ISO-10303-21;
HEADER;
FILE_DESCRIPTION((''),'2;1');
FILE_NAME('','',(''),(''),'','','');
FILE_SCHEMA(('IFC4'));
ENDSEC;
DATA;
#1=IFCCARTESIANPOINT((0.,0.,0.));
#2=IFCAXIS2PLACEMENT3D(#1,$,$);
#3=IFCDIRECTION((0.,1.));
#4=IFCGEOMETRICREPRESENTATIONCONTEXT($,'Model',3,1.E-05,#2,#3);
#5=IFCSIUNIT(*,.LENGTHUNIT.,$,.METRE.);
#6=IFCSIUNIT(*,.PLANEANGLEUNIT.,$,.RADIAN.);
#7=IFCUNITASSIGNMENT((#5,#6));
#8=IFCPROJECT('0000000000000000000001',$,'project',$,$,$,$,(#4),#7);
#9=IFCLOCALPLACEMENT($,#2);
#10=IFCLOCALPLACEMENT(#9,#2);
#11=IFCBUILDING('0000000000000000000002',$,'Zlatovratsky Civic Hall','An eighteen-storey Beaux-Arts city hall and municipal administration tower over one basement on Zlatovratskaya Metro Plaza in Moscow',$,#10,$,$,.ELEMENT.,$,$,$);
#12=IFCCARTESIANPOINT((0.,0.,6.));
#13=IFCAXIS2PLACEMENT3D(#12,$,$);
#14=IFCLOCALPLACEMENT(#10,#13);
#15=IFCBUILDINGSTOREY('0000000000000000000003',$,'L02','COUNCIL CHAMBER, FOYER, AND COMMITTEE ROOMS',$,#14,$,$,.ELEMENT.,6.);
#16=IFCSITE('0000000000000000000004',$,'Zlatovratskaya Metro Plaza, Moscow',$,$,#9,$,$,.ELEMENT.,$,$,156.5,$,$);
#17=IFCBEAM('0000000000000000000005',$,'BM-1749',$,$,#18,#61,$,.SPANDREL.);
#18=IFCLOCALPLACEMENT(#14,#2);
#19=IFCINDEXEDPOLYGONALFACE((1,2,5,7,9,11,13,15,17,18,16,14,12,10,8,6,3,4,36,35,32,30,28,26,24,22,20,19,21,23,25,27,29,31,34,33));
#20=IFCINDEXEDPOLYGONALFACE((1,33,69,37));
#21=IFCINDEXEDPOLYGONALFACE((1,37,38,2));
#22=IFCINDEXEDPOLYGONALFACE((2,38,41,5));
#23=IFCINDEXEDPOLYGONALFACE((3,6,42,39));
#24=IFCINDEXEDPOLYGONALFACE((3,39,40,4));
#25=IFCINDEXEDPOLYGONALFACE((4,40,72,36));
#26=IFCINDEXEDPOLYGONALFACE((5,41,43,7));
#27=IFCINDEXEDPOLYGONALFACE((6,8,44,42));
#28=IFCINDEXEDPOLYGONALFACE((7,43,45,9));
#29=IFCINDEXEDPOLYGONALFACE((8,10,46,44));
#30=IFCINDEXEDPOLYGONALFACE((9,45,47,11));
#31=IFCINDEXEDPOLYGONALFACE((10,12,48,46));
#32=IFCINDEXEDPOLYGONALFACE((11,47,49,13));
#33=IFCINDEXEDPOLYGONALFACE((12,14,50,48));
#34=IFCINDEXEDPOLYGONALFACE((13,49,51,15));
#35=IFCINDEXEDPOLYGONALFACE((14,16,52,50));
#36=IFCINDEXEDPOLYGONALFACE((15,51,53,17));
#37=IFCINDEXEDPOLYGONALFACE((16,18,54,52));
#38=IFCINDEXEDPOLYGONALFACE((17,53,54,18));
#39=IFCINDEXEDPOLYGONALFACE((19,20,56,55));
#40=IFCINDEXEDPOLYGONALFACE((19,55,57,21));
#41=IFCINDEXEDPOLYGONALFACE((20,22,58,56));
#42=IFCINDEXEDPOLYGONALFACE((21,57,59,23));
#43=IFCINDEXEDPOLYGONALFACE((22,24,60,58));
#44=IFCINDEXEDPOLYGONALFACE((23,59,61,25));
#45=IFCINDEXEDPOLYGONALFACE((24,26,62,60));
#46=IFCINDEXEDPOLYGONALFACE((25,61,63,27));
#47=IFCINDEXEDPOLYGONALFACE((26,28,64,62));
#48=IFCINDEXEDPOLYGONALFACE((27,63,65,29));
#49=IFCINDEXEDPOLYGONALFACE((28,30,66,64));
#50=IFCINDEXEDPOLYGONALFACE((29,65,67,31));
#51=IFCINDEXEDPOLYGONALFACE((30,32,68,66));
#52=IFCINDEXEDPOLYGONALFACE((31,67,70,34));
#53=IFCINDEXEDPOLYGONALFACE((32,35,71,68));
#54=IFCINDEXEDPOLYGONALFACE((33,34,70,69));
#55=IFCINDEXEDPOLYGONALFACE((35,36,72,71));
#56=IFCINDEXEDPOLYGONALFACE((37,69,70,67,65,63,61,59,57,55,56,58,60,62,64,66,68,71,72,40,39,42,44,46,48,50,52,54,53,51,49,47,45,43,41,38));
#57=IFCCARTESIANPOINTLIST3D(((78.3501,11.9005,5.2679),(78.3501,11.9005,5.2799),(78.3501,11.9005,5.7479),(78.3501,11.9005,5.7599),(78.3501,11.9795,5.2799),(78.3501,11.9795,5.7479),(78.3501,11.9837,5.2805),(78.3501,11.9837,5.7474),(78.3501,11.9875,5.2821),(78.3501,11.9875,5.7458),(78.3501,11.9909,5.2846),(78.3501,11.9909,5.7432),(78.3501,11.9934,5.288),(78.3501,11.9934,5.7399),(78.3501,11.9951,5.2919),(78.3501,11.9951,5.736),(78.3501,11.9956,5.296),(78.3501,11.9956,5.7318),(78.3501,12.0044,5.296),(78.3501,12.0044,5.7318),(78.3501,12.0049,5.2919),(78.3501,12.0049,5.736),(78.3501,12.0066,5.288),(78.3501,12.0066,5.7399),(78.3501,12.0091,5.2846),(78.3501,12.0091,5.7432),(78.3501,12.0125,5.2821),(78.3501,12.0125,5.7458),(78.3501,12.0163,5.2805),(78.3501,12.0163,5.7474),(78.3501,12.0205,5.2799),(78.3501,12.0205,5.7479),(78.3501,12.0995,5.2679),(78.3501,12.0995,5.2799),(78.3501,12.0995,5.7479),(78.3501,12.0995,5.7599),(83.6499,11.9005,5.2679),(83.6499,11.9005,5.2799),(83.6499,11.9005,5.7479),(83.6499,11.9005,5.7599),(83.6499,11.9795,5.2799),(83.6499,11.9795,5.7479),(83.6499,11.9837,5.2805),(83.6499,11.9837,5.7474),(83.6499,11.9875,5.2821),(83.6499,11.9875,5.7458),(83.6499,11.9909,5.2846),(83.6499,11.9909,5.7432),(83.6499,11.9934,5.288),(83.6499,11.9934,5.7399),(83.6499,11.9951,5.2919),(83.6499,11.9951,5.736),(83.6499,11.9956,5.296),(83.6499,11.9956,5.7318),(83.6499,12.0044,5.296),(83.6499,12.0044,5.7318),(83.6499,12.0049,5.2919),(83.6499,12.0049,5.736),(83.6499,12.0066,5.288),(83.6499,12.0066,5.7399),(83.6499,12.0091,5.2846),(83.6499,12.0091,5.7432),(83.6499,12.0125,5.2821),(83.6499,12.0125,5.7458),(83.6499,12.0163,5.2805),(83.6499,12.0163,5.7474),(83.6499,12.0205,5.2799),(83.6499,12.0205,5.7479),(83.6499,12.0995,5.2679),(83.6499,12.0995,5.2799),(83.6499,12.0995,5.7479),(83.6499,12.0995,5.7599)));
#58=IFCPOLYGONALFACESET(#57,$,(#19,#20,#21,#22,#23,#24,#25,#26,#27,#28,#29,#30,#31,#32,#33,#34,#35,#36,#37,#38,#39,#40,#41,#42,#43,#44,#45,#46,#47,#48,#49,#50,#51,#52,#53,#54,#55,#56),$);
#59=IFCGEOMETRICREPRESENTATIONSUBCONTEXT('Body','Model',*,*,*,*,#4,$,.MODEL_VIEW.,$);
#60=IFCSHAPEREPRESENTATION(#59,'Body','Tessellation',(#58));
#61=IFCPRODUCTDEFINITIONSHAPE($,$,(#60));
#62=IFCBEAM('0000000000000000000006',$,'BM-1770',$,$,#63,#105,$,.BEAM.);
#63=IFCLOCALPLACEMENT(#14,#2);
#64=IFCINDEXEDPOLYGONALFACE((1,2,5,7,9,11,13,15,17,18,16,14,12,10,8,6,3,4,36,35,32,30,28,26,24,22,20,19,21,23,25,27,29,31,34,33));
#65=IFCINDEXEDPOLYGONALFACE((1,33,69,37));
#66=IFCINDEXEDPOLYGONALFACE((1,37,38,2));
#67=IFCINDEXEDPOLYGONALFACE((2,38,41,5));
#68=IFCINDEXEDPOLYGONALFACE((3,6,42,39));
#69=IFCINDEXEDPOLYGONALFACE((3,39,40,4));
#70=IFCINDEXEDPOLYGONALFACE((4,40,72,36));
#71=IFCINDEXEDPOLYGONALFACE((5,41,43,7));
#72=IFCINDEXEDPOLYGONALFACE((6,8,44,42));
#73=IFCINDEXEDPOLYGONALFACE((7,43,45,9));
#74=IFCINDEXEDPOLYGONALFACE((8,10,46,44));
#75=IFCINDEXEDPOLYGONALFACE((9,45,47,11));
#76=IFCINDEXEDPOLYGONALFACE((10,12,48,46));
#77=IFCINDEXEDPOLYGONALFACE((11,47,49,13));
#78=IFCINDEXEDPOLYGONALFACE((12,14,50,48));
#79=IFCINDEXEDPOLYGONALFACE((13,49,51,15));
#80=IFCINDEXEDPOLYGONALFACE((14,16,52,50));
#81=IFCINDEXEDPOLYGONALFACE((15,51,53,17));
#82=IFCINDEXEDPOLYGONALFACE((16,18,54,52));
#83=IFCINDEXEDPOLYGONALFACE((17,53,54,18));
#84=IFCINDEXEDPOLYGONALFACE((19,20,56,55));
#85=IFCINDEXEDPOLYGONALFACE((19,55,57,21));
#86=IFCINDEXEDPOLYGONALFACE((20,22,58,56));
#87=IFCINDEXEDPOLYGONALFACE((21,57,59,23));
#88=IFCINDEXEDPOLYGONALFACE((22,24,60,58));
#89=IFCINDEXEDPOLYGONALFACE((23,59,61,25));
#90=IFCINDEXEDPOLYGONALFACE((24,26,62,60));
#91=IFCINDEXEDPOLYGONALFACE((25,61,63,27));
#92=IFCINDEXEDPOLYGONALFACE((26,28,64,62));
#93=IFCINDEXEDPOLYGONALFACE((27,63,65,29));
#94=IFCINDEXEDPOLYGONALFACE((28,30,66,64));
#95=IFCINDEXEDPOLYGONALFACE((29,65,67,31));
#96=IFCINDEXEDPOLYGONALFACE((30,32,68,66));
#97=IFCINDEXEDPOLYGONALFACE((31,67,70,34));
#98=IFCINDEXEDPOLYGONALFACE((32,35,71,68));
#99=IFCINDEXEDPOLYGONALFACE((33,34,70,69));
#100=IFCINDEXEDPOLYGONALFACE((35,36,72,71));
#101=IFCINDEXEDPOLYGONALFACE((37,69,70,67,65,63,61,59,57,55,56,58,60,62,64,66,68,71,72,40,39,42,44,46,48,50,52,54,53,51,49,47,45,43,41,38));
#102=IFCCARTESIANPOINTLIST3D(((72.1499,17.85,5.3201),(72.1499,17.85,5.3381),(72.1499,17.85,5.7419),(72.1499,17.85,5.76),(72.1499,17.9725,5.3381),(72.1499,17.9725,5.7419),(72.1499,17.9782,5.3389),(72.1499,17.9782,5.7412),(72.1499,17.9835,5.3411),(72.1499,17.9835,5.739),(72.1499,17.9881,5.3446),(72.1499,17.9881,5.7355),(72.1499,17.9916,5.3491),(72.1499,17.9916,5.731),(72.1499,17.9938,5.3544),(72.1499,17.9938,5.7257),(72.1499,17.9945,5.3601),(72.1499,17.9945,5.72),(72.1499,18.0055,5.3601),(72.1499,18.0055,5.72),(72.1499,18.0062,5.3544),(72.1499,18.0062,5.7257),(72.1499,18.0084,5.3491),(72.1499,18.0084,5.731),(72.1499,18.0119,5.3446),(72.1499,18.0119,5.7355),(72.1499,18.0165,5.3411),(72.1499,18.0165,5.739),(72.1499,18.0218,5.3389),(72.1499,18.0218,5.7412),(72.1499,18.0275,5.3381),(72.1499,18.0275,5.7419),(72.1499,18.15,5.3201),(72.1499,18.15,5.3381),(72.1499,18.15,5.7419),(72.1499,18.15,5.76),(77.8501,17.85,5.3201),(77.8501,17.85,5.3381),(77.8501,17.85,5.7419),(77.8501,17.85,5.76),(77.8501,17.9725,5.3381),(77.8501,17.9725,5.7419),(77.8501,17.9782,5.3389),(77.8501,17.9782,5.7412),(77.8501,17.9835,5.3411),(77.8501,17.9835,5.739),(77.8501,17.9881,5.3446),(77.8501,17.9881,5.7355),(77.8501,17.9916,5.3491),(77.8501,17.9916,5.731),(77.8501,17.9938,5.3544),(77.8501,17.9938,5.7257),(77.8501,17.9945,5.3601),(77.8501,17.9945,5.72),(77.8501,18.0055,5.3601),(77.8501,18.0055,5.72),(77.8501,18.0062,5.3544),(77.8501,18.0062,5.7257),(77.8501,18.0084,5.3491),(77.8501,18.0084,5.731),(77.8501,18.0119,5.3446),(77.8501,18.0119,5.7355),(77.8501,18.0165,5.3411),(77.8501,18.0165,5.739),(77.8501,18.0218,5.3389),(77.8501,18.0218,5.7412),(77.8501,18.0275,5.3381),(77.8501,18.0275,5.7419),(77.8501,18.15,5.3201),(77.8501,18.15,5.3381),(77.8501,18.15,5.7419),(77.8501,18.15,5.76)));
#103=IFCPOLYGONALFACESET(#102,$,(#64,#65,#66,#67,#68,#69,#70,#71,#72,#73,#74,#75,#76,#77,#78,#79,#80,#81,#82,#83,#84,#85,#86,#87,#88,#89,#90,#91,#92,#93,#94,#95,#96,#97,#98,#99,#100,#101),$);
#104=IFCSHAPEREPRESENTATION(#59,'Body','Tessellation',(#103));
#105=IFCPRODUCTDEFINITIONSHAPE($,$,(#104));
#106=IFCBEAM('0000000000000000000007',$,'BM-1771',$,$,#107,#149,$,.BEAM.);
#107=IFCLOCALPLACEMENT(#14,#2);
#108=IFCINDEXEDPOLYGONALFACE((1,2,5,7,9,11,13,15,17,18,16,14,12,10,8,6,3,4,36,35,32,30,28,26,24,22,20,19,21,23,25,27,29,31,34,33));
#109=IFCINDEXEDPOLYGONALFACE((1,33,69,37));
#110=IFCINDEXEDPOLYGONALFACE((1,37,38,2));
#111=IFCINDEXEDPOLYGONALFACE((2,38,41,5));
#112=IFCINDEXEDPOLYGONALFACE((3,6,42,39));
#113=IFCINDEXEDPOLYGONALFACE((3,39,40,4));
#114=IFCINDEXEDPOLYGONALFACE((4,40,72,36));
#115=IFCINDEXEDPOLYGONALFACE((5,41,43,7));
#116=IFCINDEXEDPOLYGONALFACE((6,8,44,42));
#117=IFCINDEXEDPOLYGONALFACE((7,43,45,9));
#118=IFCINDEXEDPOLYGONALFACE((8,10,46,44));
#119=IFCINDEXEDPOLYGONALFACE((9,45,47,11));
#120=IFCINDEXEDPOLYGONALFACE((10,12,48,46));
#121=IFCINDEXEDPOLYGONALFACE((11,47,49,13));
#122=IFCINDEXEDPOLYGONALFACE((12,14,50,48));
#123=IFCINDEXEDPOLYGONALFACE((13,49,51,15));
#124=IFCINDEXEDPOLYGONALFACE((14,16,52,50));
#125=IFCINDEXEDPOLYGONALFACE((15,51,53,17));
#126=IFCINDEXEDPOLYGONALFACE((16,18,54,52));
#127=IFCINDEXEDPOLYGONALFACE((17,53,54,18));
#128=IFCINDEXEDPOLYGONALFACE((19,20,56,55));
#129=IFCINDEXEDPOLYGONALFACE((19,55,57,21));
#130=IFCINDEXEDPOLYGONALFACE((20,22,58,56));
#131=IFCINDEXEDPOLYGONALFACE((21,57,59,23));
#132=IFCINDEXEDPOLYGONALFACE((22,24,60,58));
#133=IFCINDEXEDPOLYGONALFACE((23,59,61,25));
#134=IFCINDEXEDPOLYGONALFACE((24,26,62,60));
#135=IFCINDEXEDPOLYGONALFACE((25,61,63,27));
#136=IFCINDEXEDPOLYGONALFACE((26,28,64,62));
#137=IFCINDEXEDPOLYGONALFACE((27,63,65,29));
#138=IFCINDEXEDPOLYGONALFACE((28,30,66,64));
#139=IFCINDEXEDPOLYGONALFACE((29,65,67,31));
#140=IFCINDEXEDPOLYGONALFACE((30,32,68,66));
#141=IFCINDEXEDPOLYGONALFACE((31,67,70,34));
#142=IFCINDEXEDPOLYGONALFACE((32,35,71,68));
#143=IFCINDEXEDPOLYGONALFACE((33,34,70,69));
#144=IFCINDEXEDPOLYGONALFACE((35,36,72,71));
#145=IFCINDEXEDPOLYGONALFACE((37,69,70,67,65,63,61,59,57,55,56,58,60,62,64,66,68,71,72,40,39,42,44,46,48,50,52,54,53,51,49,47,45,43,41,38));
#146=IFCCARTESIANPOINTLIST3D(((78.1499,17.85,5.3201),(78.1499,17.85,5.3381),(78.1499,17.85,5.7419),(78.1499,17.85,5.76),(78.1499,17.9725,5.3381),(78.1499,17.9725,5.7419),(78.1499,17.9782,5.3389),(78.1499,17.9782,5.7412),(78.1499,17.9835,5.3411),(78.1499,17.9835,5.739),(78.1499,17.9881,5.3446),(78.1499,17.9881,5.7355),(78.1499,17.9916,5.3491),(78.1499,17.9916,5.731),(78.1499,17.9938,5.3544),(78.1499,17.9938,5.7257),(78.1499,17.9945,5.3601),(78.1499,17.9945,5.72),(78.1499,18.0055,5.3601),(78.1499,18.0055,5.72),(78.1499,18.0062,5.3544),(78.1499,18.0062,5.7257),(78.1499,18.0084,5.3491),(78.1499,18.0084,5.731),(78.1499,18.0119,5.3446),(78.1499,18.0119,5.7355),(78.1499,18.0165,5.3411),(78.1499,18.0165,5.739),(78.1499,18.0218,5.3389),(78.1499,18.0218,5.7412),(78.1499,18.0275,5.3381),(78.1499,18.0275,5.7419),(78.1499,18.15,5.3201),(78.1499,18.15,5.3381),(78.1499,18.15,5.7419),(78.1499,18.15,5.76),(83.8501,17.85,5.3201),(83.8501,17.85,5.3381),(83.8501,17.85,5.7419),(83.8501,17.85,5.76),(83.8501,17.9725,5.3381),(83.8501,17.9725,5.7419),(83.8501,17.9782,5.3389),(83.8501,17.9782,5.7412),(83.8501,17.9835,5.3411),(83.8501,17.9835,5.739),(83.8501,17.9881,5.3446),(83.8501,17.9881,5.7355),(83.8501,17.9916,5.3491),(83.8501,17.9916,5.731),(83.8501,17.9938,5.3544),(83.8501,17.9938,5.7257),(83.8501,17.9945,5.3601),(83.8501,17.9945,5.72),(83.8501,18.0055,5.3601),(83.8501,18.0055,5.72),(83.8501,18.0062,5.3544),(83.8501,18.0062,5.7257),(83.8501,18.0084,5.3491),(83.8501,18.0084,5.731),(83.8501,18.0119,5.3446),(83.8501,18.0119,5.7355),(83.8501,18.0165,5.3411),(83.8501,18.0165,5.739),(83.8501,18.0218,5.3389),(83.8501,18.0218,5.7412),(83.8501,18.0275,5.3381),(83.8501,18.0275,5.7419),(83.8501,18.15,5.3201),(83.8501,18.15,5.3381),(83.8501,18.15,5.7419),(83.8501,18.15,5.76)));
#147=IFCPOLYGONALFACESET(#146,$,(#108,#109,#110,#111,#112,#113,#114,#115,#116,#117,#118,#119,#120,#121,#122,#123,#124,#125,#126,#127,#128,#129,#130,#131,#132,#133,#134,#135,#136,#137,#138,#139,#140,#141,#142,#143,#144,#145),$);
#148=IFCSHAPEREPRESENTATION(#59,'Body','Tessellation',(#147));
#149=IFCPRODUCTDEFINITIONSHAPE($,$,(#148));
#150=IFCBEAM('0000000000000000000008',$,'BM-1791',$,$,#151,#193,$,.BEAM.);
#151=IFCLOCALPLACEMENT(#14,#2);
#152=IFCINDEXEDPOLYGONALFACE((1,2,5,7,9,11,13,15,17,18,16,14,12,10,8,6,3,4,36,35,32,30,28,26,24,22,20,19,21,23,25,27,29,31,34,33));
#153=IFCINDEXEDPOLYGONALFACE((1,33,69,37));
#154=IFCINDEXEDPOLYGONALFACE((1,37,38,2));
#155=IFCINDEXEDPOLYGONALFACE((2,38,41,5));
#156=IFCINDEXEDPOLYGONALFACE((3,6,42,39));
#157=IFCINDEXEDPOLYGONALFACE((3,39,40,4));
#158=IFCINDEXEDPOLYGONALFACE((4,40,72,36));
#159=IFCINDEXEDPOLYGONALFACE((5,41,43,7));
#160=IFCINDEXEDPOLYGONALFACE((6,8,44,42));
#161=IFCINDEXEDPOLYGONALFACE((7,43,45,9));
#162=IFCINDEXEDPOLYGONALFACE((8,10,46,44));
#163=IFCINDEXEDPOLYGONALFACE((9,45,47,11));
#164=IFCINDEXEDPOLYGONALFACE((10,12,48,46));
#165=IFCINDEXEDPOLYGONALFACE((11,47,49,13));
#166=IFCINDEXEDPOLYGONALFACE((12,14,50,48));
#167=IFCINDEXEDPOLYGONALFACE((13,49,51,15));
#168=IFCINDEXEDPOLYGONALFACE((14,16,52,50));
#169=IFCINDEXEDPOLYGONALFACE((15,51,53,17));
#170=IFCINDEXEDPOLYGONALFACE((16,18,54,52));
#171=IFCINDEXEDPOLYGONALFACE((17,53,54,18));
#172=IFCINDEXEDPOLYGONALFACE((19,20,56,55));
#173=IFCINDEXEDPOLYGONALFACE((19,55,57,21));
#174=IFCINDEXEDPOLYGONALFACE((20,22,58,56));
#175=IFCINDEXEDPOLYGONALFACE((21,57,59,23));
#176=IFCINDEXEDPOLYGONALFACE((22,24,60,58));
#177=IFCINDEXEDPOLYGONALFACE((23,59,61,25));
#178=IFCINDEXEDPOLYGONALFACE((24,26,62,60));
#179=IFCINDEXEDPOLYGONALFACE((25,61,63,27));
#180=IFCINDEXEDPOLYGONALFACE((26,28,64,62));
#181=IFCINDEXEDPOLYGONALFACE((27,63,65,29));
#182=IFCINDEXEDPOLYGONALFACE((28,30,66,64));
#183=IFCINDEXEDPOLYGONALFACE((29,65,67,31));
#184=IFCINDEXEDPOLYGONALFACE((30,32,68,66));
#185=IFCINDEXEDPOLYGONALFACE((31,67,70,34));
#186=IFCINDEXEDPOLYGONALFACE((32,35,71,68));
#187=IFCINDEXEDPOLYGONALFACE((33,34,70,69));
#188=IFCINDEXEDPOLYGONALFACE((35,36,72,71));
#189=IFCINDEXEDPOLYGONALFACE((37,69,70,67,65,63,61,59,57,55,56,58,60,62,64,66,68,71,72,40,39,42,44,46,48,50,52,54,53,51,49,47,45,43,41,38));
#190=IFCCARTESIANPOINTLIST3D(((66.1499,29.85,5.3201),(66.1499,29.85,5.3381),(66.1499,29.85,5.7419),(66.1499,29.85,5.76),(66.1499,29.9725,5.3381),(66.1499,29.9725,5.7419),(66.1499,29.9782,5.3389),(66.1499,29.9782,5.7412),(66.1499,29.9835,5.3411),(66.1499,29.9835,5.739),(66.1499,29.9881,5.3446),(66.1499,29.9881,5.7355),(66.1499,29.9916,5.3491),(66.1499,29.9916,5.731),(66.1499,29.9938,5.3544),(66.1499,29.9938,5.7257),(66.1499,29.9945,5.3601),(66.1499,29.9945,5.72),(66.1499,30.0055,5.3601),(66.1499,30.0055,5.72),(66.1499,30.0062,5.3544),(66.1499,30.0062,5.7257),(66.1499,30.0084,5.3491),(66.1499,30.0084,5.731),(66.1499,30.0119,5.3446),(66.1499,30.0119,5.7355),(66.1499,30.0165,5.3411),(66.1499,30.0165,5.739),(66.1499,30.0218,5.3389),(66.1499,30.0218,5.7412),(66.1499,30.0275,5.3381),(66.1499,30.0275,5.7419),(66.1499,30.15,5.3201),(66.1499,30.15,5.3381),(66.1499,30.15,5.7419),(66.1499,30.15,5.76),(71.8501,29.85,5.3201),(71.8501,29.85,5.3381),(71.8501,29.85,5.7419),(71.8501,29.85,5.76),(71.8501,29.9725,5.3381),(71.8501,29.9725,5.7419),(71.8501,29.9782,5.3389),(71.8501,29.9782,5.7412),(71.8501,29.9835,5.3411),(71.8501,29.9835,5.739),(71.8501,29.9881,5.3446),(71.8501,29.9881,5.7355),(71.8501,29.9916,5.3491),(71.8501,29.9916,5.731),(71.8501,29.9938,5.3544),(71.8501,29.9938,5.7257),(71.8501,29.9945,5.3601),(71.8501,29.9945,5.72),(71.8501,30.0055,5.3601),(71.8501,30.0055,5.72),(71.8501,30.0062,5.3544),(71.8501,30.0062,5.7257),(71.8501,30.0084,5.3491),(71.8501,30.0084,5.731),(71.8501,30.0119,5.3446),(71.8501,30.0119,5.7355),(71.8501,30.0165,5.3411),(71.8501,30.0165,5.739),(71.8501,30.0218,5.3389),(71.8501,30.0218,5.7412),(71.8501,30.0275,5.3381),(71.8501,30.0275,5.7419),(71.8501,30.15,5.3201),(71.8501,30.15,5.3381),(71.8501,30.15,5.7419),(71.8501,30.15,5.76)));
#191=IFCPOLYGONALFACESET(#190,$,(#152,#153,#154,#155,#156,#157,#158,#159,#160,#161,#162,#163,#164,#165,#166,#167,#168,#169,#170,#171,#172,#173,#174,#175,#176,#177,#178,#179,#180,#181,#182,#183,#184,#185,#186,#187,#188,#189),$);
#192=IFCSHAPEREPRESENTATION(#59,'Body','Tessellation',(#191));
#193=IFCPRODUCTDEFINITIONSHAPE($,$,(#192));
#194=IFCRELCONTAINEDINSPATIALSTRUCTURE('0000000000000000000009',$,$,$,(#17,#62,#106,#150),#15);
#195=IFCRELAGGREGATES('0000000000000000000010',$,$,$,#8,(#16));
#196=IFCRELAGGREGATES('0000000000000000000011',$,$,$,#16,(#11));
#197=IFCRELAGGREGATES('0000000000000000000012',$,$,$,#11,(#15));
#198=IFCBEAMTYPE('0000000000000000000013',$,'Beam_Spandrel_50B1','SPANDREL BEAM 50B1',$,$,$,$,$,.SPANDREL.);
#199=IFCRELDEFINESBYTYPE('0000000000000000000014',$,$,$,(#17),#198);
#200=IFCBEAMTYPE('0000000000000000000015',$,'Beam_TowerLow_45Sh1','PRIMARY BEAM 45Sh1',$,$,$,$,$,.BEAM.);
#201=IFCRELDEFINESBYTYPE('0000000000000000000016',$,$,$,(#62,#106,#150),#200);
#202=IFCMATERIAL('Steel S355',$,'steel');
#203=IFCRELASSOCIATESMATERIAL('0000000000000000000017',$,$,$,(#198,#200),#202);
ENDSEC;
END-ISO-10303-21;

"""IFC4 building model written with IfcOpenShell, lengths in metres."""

from ifc_helpers import new_model, si_unit, direction, frame, origin, origin_2d, place, context, subcontext, project, spatial, i_section, extrude, material, material_profile, profile_set, type_object, element, save


model = new_model("IFC4")

# Units and contexts
model_context = context("Model", 3, precision=1e-05, world=origin(), true_north=direction((0.0, 1.0)))
body_context = subcontext(model_context, "Body", "Model", "MODEL_VIEW")
ifc_project = project(units=[si_unit("LENGTHUNIT", "METRE"), si_unit("PLANEANGLEUNIT", "RADIAN")], contexts=[model_context])

# Site, building, storey
site_placement = place(None, origin())
site = spatial("IfcSite", under=ifc_project, at=site_placement, Name="Zlatovratskaya Metro Plaza, Moscow", CompositionType="ELEMENT", RefElevation=156.5)
building_placement = place(site_placement, origin())
building = spatial("IfcBuilding", under=site, at=building_placement, Name="Zlatovratsky Civic Hall", Description="An eighteen-storey Beaux-Arts city hall and municipal administration tower over one basement on Zlatovratskaya Metro Plaza in Moscow", CompositionType="ELEMENT")
storey_placement = place(building_placement, frame((0.0, 0.0, 6.0)))
storey = spatial("IfcBuildingStorey", under=building, at=storey_placement, Name="L02", Description="COUNCIL CHAMBER, FOYER, AND COMMITTEE ROOMS", CompositionType="ELEMENT", Elevation=6.0)

# Shared definitions
ifc_material_1 = material(Name="Steel S355", Category="steel")

# Beams
ifc_material_profile_1 = material_profile(ifc_material_1, i_section(OverallWidth=0.199, OverallDepth=0.4919, WebThickness=0.0088, FlangeThickness=0.012, FilletRadius=0.0161, at=origin_2d()), Name="50B1")
ifc_profile_set_1 = profile_set([ifc_material_profile_1], Name="Steel S355")
beam_type_1 = type_object("IfcBeamType", Name="Beam_Spandrel_50B1", Description="SPANDREL BEAM 50B1", PredefinedType="SPANDREL", material=ifc_profile_set_1)
beam_1_placement = place(storey_placement, frame((78.3501, 12.0, 5.5139), z_axis=(1.0, 0.0, 0.0), x_axis=(0.0, 1.0, 0.0)))
element("IfcBeam", 1, at=beam_1_placement, inside=storey, type_object=beam_type_1, Name="BM-1749", PredefinedType="SPANDREL", context=body_context, shape_type="SweptSolid", body=[
    extrude(i_section(OverallWidth=0.199, OverallDepth=0.4919, WebThickness=0.0088, FlangeThickness=0.012, FilletRadius=0.0161, at=origin_2d()), origin(), (0.0, 0.0, 1.0), 5.2998),
])
ifc_material_profile_2 = material_profile(ifc_material_1, i_section(OverallWidth=0.3, OverallDepth=0.4399, WebThickness=0.011, FlangeThickness=0.0181, FilletRadius=0.022, at=origin_2d()), Name="45Sh1")
ifc_profile_set_2 = profile_set([ifc_material_profile_2], Name="Steel S355")
beam_type_2 = type_object("IfcBeamType", Name="Beam_TowerLow_45Sh1", Description="PRIMARY BEAM 45Sh1", PredefinedType="BEAM", material=ifc_profile_set_2)
for number, where, z_axis, x_axis, name in (
    (2, (72.1499, 18.0, 5.54), (1.0, 0.0, 0.0), (0.0, 1.0, 0.0), "BM-1770"),
    (3, (78.1499, 18.0, 5.54), (1.0, 0.0, 0.0), (0.0, 1.0, 0.0), "BM-1771"),
    (4, (66.1499, 30.0, 5.54), (1.0, 0.0, 0.0), (0.0, 1.0, 0.0), "BM-1791"),
):
    element("IfcBeam", number, at=place(storey_placement, frame(where, z_axis=z_axis, x_axis=x_axis)), inside=storey, type_object=beam_type_2, Name=name, PredefinedType="BEAM", context=body_context, shape_type="SweptSolid", body=[
        extrude(i_section(OverallWidth=0.3, OverallDepth=0.4399, WebThickness=0.011, FlangeThickness=0.0181, FilletRadius=0.022, at=origin_2d()), origin(), (0.0, 0.0, 1.0), 5.7002),
    ])

save(model, "model.ifc")
